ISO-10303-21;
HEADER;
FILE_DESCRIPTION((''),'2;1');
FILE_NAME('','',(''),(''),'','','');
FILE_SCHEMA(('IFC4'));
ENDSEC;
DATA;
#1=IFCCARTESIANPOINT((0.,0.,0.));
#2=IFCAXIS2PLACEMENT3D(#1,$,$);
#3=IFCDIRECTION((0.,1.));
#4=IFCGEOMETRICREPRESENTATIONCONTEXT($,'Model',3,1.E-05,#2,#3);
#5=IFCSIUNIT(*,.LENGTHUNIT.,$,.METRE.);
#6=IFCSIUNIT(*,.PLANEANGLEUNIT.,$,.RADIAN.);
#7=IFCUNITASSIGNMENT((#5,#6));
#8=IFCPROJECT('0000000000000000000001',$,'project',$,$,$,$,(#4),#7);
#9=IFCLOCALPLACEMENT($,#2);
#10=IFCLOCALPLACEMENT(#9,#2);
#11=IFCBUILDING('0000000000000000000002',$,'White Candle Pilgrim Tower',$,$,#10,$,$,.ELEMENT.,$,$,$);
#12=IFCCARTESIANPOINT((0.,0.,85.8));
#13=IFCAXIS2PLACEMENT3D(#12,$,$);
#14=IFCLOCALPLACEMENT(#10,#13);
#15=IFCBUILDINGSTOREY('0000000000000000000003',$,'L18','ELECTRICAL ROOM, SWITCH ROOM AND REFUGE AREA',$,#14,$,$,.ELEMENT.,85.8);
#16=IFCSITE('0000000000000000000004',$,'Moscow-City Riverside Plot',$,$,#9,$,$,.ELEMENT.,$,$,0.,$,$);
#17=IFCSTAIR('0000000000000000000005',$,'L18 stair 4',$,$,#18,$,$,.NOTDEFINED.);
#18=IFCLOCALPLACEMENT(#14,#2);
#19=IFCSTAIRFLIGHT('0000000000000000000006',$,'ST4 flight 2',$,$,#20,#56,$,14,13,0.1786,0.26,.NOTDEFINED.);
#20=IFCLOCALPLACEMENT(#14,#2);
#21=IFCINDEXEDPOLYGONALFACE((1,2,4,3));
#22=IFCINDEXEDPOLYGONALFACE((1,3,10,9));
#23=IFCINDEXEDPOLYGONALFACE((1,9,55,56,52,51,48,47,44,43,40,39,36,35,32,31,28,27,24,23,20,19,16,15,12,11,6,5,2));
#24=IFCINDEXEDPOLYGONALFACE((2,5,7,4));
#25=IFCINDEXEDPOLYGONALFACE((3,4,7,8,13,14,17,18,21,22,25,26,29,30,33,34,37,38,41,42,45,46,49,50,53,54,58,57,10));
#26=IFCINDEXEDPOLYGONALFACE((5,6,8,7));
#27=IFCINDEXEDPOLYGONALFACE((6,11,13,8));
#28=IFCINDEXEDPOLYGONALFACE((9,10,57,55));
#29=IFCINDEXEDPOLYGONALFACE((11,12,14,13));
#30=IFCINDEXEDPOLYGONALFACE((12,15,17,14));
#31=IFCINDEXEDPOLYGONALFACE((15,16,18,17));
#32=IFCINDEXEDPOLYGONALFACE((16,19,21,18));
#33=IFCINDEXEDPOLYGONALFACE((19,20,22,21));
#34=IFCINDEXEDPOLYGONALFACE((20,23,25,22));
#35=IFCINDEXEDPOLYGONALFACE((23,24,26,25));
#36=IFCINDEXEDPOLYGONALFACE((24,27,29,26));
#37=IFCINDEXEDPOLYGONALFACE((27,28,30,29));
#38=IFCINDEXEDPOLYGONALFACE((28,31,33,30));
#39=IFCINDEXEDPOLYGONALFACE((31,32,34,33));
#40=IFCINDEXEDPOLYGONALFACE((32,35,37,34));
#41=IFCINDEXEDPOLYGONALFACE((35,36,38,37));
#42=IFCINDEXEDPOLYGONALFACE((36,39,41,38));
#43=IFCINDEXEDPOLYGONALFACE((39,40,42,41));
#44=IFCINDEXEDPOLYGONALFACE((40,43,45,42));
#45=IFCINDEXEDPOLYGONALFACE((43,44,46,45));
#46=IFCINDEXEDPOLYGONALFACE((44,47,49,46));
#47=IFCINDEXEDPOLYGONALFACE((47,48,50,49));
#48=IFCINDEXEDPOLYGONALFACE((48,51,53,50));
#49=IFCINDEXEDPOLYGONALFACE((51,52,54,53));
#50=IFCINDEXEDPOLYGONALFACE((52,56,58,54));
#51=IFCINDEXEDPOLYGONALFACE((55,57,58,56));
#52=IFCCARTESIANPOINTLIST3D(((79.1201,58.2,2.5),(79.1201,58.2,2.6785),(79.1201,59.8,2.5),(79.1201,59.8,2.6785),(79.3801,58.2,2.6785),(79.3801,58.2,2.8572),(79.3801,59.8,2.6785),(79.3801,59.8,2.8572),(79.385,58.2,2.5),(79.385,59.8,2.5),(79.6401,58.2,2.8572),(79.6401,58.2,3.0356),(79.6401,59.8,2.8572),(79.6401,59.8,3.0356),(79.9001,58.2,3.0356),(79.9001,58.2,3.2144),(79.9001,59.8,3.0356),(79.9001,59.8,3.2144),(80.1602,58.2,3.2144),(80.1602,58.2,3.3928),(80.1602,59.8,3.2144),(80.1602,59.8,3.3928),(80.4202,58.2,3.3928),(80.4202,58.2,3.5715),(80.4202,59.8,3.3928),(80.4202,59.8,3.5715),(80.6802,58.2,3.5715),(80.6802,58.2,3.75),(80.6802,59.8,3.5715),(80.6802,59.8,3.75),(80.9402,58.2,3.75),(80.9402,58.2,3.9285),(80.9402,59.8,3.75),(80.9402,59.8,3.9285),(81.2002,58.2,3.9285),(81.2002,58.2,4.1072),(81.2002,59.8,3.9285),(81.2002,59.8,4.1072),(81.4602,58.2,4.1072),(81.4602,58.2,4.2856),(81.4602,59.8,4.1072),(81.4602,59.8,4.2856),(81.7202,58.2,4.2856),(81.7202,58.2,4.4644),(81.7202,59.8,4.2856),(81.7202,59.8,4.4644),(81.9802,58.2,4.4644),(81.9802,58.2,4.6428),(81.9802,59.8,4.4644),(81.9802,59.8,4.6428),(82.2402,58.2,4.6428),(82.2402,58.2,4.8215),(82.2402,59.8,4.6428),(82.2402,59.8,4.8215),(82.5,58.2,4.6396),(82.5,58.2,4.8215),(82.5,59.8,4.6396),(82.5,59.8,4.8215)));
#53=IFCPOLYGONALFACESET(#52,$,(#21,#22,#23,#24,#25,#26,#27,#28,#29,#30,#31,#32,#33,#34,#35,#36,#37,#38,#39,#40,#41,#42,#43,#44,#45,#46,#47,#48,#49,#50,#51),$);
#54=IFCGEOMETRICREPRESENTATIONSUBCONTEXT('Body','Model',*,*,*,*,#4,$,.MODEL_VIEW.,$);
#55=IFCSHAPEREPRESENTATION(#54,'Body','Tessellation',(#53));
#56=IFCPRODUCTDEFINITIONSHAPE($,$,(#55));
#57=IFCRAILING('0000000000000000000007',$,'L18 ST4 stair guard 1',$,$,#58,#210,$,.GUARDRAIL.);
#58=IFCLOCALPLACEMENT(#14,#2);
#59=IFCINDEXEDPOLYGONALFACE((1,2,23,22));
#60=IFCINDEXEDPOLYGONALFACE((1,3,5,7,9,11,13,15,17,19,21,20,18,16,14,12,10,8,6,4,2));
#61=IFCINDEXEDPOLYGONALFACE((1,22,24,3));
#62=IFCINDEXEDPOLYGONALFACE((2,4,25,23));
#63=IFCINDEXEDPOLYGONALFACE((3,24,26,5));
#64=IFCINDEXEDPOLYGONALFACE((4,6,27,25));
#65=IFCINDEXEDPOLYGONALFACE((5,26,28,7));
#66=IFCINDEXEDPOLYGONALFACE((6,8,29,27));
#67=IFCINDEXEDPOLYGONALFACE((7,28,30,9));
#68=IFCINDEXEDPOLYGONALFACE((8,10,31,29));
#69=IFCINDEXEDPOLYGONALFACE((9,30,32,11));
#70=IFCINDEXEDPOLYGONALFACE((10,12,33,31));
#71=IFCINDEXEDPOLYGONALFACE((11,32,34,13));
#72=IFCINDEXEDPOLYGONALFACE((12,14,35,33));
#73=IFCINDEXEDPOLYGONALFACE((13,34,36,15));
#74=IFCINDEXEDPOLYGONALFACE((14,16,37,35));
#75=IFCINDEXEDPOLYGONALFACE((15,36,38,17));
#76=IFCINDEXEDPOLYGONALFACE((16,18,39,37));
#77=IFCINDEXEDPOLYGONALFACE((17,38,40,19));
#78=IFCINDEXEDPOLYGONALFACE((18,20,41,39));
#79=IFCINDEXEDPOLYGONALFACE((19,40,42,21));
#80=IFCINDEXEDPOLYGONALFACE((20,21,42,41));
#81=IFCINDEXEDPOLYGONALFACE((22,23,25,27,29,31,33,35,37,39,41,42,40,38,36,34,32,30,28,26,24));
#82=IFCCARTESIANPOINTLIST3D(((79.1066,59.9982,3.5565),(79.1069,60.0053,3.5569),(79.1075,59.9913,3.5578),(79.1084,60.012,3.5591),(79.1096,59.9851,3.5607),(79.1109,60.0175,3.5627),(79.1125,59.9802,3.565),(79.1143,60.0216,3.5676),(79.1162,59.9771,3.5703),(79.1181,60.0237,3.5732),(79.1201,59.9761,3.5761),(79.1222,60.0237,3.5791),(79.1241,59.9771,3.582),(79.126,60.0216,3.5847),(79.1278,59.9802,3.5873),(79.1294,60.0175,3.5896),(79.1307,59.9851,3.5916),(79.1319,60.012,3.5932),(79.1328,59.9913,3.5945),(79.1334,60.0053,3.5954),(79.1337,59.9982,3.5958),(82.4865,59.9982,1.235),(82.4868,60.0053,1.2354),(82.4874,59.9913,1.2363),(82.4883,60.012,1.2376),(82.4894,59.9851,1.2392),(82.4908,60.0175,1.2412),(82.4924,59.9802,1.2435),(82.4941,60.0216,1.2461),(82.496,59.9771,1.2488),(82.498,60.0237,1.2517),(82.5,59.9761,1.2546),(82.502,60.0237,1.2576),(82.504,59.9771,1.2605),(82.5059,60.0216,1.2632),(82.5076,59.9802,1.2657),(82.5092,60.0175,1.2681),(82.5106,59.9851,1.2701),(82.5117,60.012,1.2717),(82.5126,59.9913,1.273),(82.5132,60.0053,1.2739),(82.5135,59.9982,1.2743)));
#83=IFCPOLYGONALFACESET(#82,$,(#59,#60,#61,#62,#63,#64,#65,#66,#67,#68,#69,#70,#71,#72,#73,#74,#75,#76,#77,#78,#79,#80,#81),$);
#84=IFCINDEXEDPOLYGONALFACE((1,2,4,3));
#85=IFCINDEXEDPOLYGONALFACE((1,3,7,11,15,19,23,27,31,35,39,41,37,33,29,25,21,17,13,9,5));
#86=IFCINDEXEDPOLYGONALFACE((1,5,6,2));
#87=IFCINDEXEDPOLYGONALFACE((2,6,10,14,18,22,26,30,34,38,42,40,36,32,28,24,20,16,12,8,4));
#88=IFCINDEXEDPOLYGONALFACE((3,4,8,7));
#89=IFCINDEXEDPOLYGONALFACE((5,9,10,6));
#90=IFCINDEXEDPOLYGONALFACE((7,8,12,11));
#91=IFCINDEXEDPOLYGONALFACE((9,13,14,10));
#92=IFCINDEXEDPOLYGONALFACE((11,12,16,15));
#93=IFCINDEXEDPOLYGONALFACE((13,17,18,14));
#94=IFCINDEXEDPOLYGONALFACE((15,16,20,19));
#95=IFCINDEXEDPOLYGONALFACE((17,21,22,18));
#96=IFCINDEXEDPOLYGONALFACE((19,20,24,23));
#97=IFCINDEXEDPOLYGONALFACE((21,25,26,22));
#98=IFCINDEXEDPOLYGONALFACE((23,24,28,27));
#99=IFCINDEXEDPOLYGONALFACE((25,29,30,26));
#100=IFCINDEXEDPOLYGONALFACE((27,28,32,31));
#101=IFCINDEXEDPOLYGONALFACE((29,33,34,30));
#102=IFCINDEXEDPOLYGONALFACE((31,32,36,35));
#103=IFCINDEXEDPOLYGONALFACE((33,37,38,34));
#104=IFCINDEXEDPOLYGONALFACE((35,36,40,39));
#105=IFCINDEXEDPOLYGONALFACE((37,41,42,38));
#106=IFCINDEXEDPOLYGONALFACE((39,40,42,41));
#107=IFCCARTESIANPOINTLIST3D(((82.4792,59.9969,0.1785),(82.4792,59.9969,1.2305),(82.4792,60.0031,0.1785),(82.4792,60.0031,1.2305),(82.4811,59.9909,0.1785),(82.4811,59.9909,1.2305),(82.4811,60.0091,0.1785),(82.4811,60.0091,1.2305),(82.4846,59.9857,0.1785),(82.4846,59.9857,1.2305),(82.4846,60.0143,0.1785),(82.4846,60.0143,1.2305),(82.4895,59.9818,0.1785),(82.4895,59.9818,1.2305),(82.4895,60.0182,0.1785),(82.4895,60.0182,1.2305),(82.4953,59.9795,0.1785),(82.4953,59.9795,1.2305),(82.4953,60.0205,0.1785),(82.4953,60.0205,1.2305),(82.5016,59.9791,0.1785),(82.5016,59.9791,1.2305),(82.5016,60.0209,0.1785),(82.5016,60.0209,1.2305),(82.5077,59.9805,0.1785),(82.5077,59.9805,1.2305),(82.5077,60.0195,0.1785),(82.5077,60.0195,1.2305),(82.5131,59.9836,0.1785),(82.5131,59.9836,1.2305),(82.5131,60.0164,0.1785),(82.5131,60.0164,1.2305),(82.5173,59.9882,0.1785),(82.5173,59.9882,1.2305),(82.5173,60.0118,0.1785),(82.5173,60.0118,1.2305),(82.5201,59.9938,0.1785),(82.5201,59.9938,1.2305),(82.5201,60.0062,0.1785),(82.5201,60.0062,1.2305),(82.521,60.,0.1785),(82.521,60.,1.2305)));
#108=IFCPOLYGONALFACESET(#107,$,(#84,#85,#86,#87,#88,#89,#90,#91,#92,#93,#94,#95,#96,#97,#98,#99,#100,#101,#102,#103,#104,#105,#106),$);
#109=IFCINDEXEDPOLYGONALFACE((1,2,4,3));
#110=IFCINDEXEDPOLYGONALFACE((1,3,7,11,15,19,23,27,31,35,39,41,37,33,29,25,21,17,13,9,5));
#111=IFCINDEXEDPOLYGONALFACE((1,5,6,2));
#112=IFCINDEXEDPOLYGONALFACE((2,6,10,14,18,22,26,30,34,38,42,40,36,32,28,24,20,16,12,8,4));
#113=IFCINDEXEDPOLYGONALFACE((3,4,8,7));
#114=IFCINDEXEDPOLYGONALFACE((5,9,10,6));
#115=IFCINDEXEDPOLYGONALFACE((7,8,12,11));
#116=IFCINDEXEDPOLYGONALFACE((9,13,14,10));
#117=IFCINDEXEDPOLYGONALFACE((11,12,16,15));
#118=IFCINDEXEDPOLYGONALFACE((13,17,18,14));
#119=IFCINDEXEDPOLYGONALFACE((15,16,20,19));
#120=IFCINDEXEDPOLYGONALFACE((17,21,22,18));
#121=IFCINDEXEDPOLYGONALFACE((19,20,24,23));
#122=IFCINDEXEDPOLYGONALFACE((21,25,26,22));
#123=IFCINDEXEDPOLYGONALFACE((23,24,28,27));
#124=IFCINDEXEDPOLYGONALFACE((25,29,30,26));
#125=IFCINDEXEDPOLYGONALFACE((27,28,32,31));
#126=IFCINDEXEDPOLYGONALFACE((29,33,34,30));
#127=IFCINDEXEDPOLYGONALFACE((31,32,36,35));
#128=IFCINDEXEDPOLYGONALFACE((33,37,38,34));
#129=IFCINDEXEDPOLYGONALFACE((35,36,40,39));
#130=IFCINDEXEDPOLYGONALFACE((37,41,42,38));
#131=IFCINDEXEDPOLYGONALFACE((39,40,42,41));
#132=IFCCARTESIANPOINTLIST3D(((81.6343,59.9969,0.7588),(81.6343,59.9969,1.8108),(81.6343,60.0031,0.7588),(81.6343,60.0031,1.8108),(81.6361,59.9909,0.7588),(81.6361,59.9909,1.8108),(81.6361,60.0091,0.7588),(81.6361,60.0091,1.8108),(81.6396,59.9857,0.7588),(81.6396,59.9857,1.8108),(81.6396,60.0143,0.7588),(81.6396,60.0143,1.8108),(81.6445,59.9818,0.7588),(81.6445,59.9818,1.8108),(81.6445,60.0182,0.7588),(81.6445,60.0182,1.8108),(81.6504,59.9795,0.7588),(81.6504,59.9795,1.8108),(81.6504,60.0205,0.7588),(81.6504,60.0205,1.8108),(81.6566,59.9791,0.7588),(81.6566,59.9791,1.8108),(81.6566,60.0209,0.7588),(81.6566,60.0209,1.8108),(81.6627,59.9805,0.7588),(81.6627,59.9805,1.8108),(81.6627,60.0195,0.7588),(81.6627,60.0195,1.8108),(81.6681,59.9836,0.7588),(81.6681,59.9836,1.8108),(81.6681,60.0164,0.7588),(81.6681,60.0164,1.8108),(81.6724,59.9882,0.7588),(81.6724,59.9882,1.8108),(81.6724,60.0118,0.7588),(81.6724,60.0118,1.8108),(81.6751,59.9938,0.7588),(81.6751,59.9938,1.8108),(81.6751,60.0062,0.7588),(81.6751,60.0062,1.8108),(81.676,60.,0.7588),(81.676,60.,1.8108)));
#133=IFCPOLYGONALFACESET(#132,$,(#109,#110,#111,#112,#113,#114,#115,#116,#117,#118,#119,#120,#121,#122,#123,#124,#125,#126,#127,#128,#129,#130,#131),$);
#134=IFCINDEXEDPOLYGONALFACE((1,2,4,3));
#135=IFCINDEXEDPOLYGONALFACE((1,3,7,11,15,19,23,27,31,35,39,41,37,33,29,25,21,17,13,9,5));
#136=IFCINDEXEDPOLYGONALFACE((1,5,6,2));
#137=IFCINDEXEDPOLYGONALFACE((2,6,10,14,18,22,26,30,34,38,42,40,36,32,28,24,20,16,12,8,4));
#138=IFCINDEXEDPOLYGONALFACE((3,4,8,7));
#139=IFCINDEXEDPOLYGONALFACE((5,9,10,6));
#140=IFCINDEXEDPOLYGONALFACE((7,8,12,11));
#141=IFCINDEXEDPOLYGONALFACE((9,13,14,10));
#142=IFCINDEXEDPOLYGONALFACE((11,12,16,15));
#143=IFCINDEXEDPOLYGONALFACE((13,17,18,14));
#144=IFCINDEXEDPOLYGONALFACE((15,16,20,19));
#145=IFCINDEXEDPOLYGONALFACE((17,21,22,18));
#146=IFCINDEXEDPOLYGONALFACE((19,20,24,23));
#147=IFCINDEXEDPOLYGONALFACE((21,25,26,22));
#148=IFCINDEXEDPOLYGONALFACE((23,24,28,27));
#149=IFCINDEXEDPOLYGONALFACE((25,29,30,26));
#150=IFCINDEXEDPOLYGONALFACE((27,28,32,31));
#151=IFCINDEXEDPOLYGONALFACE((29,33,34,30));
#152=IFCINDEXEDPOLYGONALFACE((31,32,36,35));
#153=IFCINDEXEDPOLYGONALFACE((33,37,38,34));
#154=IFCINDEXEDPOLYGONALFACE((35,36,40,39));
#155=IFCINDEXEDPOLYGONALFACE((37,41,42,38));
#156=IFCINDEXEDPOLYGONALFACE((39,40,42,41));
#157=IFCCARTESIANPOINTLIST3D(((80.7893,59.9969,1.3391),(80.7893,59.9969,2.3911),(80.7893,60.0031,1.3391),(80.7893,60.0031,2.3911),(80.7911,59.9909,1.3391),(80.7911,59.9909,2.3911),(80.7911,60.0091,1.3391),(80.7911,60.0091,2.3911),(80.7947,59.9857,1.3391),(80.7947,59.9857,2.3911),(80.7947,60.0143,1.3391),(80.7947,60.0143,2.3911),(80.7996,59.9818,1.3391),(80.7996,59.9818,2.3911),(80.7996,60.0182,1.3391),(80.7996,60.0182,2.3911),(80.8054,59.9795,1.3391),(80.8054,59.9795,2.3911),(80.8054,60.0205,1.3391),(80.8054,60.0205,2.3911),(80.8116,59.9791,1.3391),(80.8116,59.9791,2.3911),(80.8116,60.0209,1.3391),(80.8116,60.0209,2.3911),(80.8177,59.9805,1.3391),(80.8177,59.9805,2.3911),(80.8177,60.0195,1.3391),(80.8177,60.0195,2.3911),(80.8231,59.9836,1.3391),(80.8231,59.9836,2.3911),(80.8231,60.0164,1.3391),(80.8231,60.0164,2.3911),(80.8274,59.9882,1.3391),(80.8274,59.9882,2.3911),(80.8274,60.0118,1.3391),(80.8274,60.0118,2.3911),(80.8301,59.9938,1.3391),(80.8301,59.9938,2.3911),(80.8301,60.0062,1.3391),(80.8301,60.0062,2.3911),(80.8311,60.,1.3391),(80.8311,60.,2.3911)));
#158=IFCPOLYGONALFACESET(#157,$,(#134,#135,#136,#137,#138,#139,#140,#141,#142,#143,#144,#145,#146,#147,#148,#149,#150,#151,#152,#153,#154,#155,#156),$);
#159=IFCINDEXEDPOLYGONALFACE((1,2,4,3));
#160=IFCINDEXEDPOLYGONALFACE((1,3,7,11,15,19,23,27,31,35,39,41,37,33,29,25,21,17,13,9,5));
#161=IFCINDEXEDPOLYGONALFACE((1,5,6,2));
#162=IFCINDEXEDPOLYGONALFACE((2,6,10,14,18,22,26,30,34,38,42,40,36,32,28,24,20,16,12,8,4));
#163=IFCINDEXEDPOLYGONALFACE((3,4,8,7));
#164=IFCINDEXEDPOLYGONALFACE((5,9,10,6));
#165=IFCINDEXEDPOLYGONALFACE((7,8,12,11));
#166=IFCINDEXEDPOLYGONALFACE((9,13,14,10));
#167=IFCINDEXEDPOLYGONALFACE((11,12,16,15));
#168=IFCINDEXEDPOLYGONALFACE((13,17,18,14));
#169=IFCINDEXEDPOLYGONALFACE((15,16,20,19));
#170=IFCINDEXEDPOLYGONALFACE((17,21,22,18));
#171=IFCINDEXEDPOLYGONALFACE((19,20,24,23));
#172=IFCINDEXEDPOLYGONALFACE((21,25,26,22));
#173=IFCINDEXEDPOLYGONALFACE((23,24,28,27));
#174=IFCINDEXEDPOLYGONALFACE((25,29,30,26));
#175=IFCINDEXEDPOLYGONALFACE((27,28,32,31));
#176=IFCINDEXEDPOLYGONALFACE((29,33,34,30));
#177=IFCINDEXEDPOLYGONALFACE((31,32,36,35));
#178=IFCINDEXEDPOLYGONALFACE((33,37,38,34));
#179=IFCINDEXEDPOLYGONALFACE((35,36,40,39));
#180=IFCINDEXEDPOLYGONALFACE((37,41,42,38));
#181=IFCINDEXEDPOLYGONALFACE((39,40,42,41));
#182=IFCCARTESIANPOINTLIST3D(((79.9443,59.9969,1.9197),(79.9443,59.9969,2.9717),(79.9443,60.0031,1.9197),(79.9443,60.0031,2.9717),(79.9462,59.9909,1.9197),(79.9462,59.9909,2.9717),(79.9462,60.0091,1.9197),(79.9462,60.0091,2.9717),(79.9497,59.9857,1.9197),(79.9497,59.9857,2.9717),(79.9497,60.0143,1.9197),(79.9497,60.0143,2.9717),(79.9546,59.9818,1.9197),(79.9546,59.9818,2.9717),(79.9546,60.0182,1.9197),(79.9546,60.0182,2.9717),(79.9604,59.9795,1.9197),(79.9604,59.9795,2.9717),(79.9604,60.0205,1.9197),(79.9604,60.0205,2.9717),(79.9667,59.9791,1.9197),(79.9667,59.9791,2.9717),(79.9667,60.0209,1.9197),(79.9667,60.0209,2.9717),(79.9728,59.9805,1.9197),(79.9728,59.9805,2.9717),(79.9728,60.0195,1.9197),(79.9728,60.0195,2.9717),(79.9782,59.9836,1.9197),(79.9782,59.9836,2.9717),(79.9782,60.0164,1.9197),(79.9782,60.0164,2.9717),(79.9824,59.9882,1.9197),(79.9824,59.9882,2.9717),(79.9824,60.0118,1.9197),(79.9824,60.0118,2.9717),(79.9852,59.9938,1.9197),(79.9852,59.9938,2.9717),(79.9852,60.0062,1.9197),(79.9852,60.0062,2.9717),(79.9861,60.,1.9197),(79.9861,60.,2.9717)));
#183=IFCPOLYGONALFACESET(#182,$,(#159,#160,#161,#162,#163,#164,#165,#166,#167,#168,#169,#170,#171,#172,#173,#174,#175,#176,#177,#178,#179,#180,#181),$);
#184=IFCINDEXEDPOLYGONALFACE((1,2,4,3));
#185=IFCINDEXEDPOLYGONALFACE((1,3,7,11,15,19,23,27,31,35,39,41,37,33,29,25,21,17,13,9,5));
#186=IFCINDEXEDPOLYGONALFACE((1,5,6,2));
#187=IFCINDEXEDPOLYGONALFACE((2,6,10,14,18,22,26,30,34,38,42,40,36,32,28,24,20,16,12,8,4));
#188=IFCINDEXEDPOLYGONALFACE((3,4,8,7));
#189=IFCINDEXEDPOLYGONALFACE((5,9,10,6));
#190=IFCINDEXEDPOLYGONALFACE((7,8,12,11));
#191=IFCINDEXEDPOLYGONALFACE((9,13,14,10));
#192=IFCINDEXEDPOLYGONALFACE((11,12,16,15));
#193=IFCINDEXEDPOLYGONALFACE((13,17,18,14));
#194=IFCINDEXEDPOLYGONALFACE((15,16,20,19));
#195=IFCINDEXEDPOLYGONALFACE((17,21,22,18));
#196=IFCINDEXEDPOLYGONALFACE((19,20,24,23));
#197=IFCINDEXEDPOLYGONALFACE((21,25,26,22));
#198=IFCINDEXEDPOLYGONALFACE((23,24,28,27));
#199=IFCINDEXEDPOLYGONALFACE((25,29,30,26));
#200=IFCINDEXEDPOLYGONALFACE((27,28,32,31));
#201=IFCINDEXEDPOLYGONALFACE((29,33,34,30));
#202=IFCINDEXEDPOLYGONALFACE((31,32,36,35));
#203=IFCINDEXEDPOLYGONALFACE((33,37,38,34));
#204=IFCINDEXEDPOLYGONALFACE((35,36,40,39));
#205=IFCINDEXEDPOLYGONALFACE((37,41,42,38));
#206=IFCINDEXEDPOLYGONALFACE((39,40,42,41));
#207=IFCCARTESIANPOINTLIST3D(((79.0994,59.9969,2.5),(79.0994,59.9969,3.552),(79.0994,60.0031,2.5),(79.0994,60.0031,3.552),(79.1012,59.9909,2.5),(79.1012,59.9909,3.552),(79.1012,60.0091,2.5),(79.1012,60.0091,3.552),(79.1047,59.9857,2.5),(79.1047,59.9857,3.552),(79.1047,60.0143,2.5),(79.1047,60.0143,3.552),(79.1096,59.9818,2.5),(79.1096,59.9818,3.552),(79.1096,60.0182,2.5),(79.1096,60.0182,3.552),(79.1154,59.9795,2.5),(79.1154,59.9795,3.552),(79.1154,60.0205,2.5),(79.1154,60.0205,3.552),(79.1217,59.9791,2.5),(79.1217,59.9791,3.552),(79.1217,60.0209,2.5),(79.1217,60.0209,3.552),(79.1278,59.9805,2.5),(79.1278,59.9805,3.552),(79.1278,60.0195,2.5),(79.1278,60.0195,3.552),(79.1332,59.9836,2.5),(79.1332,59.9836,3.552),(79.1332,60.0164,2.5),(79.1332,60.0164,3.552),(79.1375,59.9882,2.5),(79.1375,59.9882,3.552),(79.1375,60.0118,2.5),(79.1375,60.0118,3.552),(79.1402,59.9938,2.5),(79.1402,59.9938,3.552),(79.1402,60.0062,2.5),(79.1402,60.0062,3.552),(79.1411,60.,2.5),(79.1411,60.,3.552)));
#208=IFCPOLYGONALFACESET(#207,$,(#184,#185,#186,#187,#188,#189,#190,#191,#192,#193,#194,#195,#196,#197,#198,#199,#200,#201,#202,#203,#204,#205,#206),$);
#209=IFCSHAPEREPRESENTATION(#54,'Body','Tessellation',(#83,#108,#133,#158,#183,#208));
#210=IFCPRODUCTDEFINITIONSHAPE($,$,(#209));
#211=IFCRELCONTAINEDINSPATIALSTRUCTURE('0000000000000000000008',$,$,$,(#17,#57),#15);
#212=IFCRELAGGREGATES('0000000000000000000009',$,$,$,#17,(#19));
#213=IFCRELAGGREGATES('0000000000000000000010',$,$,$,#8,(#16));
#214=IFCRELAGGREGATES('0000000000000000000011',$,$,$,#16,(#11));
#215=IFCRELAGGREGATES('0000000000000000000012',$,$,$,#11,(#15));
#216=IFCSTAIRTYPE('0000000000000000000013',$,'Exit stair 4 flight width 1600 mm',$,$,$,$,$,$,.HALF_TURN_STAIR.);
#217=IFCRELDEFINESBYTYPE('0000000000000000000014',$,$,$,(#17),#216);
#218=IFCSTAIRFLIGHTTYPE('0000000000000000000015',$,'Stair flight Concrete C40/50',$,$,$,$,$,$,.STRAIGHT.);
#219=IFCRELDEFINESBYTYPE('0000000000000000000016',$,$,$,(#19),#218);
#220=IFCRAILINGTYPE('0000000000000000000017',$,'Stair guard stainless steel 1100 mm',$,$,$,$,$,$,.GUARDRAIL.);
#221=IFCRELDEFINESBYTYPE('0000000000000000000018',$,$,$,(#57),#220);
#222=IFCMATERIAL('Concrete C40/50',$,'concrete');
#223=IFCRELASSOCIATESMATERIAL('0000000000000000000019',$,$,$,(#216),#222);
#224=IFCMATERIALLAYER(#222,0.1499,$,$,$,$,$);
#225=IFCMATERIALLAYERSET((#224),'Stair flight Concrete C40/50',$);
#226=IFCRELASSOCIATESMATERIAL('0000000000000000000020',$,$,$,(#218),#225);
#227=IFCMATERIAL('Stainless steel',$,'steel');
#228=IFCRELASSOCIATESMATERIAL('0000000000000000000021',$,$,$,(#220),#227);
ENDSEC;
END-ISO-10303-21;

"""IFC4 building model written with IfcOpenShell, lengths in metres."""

from ifc_helpers import new_model, si_unit, direction, frame, origin, origin_2d, place, context, subcontext, project, spatial, polyline, circle, outline, extrude, material, layer, layer_set, type_object, element, aggregate, save


model = new_model("IFC4")

# Units and contexts
model_context = context("Model", 3, precision=1e-05, world=origin(), true_north=direction((0.0, 1.0)))
body_context = subcontext(model_context, "Body", "Model", "MODEL_VIEW")
ifc_project = project(units=[si_unit("LENGTHUNIT", "METRE"), si_unit("PLANEANGLEUNIT", "RADIAN")], contexts=[model_context])

# Site, building, storey
site_placement = place(None, origin())
site = spatial("IfcSite", under=ifc_project, at=site_placement, Name="Moscow-City Riverside Plot", CompositionType="ELEMENT", RefElevation=0.0)
building_placement = place(site_placement, origin())
building = spatial("IfcBuilding", under=site, at=building_placement, Name="White Candle Pilgrim Tower", CompositionType="ELEMENT")
storey_placement = place(building_placement, frame((0.0, 0.0, 85.8)))
storey = spatial("IfcBuildingStorey", under=building, at=storey_placement, Name="L18", Description="ELECTRICAL ROOM, SWITCH ROOM AND REFUGE AREA", CompositionType="ELEMENT", Elevation=85.8)

# Stair, stair flight
ifc_material_1 = material(Name="Concrete C40/50", Category="concrete")
stair_type = type_object("IfcStairType", Name="Exit stair 4 flight width 1600 mm", PredefinedType="HALF_TURN_STAIR", material=ifc_material_1)
stair_placement = place(storey_placement, origin())
stair = element("IfcStair", 1, at=stair_placement, inside=storey, type_object=stair_type, Name="L18 stair 4", PredefinedType="NOTDEFINED")
ifc_layer_1 = layer(ifc_material_1, 0.1499)
ifc_layer_set_1 = layer_set([ifc_layer_1], Name="Stair flight Concrete C40/50")
stair_flight_type = type_object("IfcStairFlightType", Name="Stair flight Concrete C40/50", PredefinedType="STRAIGHT", material=ifc_layer_set_1)
stair_flight_1_placement = place(storey_placement, frame((79.1201, 59.0, 2.5), z_axis=(0.0, 0.0, 1.0), x_axis=(1.0, 0.0, 0.0)))
stair_flight_1 = element("IfcStairFlight", 2, at=stair_flight_1_placement, type_object=stair_flight_type, Name="ST4 flight 2", NumberOfRisers=14, NumberOfTreads=13, PredefinedType="NOTDEFINED", RiserHeight=0.1786, TreadLength=0.26, context=body_context, shape_type="SweptSolid", body=[
    extrude(outline(polyline([(0.0, 0.0), (0.0, 0.1785), (0.26, 0.1785), (0.26, 0.3572), (0.52, 0.3572), (0.52, 0.5356), (0.78, 0.5356), (0.78, 0.7144), (1.04, 0.7144), (1.04, 0.8928), (1.3, 0.8928), (1.3, 1.0715), (1.5601, 1.0715), (1.5601, 1.25), (1.8201, 1.25), (1.8201, 1.4285), (2.0801, 1.4285), (2.0801, 1.6072), (2.3401, 1.6072), (2.3401, 1.7856), (2.6001, 1.7856), (2.6001, 1.9644), (2.8601, 1.9644), (2.8601, 2.1428), (3.1201, 2.1428), (3.1201, 2.3215), (3.3799, 2.3215), (3.3799, 2.5), (3.3799, 2.1396), (0.2649, 0.0), (0.0, 0.0)])), frame((0.0, 0.8, 0.0), z_axis=(0.0, -1.0, 0.0), x_axis=(1.0, 0.0, 0.0)), (0.0, 0.0, 1.0), 1.6001),
])
aggregate(stair, [stair_flight_1])

# Railing
ifc_material_2 = material(Name="Stainless steel", Category="steel")
railing_type_1 = type_object("IfcRailingType", Name="Stair guard stainless steel 1100 mm", PredefinedType="GUARDRAIL", material=ifc_material_2)
railing_1_placement = place(storey_placement, frame((82.5, 60.0, 0.1785)))
element("IfcRailing", 3, at=railing_1_placement, inside=storey, type_object=railing_type_1, Name="L18 ST4 stair guard 1", PredefinedType="GUARDRAIL", context=body_context, shape_type="SweptSolid", body=[
    extrude(circle(Radius=0.0239, at=origin_2d()), frame((0.0, 0.0, 1.0762), z_axis=(-0.824285, 0.0, 0.566175), x_axis=(0.0, -1.0, 0.0)), (0.0, 0.0, 1.0), 4.1003),
    extrude(circle(Radius=0.021, at=origin_2d()), origin(), (0.0, 0.0, 1.0), 1.052),
    extrude(circle(Radius=0.021, at=origin_2d()), frame((-0.845, 0.0, 0.5803)), (0.0, 0.0, 1.0), 1.052),
    extrude(circle(Radius=0.021, at=origin_2d()), frame((-1.6899, 0.0, 1.1606)), (0.0, 0.0, 1.0), 1.052),
    extrude(circle(Radius=0.021, at=origin_2d()), frame((-2.5349, 0.0, 1.7412)), (0.0, 0.0, 1.0), 1.052),
    extrude(circle(Radius=0.021, at=origin_2d()), frame((-3.3799, 0.0, 2.3215)), (0.0, 0.0, 1.0), 1.052),
])

save(model, "model.ifc")
